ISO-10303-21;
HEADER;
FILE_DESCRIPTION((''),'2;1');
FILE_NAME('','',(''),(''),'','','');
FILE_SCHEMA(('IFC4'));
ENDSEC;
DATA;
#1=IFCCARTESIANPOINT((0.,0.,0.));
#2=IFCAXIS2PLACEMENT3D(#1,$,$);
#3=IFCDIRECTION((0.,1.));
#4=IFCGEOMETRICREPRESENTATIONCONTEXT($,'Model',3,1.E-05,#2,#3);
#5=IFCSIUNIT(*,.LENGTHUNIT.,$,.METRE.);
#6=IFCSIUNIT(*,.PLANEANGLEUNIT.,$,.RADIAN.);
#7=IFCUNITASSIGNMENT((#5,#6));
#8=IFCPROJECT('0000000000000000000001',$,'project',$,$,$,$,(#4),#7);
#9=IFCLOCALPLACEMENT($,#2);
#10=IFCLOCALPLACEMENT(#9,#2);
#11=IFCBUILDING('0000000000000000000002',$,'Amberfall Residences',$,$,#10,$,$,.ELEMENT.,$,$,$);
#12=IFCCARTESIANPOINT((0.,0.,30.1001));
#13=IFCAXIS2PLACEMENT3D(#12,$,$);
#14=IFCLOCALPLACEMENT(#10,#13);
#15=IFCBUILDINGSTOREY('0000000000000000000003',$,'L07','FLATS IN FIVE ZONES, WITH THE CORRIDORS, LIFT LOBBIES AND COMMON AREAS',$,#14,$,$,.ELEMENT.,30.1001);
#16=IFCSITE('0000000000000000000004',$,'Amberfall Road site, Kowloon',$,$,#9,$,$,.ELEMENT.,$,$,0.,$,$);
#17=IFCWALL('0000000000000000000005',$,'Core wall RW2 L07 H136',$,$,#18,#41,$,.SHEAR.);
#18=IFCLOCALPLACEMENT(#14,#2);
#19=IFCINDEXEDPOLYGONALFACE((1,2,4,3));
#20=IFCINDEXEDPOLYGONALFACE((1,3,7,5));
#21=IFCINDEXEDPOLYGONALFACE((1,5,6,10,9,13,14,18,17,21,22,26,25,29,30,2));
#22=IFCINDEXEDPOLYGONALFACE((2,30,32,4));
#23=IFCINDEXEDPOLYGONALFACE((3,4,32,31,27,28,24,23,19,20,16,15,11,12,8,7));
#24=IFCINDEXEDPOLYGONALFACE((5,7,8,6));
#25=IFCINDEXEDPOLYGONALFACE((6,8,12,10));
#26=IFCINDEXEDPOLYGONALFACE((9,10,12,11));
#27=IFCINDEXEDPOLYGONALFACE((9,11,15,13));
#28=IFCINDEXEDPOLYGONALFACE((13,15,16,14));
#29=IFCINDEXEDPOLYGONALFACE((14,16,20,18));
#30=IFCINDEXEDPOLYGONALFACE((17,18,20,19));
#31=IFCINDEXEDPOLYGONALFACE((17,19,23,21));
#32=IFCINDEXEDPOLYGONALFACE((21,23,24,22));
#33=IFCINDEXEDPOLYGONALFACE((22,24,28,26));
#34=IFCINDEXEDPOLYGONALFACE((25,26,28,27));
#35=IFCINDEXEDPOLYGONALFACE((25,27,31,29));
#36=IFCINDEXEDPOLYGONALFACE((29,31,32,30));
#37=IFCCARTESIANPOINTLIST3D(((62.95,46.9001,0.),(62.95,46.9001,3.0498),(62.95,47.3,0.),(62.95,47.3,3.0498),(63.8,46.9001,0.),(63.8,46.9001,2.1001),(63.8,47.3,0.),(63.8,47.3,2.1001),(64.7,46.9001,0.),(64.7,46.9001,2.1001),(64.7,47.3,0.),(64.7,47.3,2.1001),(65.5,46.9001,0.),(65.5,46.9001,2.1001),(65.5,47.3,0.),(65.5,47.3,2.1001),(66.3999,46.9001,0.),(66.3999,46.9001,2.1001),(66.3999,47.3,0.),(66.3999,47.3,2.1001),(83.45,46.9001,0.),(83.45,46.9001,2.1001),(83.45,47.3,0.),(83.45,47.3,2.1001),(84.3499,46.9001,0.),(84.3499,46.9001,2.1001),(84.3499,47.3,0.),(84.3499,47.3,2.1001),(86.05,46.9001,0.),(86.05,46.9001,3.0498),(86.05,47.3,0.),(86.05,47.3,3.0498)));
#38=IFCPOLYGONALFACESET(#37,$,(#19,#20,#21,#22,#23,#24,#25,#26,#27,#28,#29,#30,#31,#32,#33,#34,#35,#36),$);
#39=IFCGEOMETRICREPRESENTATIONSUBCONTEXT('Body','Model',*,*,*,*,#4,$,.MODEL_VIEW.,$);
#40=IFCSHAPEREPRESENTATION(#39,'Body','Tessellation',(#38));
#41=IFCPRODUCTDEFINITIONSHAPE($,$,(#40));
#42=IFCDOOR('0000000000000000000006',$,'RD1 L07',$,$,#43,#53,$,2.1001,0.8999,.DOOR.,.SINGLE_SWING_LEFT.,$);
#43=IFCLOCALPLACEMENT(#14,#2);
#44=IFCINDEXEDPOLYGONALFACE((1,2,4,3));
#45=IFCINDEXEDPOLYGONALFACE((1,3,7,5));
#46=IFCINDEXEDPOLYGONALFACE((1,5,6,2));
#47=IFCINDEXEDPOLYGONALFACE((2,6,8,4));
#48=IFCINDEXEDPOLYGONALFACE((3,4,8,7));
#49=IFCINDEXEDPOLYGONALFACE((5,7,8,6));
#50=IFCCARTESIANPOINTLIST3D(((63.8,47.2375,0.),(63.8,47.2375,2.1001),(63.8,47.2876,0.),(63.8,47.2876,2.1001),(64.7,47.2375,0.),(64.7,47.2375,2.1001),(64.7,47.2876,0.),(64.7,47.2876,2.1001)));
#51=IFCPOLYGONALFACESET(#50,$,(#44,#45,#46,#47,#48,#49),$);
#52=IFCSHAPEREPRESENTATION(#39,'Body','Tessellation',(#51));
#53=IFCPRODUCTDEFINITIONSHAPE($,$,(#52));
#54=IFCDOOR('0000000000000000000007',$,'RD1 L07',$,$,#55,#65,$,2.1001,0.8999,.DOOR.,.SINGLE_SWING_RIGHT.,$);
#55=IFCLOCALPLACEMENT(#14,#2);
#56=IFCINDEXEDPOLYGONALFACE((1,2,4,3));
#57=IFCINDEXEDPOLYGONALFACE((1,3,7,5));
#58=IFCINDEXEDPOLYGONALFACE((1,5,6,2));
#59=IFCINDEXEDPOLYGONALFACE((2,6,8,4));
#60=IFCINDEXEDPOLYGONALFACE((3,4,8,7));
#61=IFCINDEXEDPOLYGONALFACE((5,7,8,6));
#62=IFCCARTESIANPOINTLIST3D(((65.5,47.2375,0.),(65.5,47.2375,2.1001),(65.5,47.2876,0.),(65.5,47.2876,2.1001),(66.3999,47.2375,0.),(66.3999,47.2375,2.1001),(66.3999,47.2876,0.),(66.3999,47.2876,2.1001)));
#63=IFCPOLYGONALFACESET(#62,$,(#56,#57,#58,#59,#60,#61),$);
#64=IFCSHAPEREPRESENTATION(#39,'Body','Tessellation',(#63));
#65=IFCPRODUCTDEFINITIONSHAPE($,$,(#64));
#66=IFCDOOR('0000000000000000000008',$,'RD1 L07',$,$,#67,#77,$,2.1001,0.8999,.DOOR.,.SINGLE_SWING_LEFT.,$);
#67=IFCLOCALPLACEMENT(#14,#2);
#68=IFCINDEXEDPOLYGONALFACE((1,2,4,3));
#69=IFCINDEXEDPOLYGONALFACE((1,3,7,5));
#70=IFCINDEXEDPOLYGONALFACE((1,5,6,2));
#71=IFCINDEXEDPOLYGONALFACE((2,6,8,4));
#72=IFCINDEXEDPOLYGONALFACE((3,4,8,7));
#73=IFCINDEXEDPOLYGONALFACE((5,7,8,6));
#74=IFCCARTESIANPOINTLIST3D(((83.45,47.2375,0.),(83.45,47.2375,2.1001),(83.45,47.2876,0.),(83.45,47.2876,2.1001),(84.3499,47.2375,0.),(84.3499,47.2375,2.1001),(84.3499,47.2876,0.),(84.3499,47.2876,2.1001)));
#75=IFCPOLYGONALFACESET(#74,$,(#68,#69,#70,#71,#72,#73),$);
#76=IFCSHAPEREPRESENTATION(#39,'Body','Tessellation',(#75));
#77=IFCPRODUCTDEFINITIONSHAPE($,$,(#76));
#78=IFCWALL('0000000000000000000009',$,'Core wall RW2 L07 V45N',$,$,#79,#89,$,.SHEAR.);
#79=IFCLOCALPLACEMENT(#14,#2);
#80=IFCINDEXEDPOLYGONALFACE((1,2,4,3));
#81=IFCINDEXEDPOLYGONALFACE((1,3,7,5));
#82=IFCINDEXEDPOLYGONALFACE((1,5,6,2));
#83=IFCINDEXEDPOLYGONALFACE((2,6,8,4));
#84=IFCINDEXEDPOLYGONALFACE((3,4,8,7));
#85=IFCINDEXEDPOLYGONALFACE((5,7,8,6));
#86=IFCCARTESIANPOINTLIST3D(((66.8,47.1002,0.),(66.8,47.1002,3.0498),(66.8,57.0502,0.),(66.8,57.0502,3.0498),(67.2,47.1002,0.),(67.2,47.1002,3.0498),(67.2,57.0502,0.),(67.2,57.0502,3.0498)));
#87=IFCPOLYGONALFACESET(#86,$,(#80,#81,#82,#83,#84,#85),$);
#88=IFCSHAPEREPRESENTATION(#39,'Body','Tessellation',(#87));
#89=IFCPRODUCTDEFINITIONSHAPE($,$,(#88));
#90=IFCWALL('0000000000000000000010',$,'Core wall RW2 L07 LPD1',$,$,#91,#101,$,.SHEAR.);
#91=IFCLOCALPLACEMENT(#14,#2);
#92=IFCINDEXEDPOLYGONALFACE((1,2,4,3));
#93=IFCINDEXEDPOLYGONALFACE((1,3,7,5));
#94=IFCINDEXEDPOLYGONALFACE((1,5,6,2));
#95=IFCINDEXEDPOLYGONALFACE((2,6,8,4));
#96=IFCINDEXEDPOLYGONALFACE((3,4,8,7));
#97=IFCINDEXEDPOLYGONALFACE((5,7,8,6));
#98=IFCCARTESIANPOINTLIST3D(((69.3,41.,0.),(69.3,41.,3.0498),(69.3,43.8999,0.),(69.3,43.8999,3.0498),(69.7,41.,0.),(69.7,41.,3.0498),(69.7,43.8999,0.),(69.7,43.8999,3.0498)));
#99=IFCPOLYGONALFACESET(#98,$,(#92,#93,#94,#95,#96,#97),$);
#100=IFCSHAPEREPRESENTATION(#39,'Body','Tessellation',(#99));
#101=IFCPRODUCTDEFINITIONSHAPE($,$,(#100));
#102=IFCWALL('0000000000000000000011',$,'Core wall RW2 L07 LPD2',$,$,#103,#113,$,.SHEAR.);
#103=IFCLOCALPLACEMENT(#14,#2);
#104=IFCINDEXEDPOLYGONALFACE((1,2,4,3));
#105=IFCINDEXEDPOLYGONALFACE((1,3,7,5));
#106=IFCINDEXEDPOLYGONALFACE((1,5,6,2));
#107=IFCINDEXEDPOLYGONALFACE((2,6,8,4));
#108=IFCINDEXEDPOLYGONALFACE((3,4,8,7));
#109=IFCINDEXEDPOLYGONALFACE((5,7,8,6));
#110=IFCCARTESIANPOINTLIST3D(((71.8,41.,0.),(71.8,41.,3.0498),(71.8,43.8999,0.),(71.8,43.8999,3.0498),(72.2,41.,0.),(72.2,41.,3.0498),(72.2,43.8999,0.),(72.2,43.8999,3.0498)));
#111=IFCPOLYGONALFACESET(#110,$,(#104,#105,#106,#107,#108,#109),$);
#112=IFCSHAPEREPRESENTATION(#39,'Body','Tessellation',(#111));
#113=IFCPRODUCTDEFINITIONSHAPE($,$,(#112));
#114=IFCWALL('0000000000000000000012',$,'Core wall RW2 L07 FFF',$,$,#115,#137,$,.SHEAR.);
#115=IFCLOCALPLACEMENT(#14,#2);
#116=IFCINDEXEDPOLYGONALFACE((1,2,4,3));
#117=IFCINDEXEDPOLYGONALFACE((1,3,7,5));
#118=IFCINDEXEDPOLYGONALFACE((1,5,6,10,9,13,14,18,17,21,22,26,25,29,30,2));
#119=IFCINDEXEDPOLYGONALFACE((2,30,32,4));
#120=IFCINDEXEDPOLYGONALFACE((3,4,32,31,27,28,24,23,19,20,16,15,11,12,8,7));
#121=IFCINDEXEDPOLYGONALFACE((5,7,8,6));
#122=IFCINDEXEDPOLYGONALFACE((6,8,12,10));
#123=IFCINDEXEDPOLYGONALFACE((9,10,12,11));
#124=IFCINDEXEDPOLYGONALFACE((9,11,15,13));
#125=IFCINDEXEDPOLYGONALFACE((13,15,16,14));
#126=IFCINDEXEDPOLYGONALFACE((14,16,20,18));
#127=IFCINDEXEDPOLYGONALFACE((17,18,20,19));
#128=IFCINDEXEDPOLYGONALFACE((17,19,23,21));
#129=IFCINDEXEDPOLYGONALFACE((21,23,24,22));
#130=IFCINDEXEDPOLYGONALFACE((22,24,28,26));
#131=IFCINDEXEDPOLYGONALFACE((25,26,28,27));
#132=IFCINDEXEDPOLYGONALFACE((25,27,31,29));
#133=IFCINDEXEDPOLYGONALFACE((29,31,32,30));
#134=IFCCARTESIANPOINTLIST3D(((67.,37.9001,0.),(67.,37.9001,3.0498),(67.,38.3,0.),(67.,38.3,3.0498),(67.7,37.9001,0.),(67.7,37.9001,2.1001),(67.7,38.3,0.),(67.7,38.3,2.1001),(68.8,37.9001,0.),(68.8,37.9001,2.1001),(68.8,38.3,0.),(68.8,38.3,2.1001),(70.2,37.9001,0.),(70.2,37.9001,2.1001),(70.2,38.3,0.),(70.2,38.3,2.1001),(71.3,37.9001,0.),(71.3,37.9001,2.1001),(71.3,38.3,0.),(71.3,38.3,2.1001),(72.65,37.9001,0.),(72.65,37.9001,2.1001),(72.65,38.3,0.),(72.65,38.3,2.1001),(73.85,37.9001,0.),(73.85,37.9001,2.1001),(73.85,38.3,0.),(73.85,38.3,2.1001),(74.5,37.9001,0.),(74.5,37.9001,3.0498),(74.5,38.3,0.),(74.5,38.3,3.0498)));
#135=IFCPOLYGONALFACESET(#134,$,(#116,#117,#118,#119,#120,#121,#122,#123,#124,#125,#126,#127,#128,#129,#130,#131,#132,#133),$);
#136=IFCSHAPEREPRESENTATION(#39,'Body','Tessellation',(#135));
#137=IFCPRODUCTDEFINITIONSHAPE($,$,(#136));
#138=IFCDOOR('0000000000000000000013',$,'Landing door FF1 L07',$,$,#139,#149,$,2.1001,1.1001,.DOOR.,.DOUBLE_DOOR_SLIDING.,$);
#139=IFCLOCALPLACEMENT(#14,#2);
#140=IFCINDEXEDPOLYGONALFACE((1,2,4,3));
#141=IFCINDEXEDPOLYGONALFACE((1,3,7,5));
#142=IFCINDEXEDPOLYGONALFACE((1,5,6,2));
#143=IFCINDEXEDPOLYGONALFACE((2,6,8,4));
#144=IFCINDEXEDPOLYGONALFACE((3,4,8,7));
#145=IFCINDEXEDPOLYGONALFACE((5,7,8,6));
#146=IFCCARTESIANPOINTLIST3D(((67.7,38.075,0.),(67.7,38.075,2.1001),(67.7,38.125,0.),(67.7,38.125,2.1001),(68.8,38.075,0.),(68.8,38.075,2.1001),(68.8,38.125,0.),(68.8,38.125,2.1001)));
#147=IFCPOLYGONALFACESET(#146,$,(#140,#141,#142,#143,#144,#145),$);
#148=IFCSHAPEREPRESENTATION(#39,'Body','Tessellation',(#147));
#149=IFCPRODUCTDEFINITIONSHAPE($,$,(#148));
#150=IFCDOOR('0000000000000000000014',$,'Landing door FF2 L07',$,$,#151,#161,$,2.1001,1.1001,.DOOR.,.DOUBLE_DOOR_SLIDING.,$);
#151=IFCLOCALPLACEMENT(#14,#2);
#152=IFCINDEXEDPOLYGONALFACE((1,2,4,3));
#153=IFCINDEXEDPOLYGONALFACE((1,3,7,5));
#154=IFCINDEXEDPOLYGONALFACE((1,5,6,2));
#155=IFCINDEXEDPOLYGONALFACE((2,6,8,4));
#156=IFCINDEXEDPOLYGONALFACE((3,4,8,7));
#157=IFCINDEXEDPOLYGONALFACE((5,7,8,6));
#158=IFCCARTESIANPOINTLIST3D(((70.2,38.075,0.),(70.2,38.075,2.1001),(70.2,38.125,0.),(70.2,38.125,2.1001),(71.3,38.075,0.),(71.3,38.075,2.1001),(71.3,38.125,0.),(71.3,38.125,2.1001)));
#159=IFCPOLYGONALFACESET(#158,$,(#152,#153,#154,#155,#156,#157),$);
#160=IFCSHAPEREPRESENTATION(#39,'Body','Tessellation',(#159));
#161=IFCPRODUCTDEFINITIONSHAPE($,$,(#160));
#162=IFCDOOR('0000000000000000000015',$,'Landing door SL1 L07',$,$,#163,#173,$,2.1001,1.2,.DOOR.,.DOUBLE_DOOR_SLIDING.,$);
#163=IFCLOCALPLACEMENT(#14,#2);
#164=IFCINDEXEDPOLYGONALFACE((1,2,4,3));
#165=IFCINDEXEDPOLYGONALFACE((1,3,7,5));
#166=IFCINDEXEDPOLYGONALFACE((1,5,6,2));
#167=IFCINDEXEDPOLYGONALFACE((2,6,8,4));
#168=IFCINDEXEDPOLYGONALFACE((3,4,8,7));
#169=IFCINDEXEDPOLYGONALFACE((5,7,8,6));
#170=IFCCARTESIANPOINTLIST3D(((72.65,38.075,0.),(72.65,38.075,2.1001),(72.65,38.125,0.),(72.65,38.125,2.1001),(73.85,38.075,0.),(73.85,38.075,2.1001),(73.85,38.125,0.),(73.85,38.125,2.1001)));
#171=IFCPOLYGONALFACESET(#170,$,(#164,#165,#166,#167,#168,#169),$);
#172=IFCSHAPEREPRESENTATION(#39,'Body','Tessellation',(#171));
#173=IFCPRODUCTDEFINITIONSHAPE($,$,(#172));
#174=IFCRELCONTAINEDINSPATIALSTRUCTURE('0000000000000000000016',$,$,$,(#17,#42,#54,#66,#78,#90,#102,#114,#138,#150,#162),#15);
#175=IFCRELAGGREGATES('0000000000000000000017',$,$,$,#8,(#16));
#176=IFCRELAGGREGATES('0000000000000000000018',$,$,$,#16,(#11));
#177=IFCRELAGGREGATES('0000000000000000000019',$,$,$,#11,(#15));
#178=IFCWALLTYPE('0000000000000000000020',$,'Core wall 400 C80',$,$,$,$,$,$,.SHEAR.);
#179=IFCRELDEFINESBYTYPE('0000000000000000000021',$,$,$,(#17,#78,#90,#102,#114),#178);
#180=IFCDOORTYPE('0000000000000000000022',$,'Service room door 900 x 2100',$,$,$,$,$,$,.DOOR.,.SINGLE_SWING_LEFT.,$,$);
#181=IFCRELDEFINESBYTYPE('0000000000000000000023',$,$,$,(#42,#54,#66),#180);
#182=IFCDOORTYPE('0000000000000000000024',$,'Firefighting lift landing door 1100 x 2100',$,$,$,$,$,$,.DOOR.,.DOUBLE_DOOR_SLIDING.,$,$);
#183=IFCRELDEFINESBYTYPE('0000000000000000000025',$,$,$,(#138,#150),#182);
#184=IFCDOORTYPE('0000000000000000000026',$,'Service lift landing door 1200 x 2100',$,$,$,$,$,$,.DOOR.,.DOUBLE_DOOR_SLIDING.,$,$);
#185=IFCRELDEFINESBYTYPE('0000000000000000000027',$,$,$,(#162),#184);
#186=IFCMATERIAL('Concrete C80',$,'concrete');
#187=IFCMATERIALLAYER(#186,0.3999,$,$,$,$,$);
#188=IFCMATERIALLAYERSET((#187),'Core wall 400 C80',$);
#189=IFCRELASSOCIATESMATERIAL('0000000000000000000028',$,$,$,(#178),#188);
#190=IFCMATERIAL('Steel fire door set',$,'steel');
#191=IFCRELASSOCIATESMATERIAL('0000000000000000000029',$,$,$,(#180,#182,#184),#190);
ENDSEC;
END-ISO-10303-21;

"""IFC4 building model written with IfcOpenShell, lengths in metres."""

from ifc_helpers import new_model, si_unit, direction, frame, frame_2d, origin, place, context, subcontext, project, spatial, rectangle, extrude, material, layer, layer_set, type_object, element, fill, save


model = new_model("IFC4")

# Units and contexts
model_context = context("Model", 3, precision=1e-05, world=origin(), true_north=direction((0.0, 1.0)))
body_context = subcontext(model_context, "Body", "Model", "MODEL_VIEW")
ifc_project = project(units=[si_unit("LENGTHUNIT", "METRE"), si_unit("PLANEANGLEUNIT", "RADIAN")], contexts=[model_context])

# Site, building, storey
site_placement = place(None, origin())
site = spatial("IfcSite", under=ifc_project, at=site_placement, Name="Amberfall Road site, Kowloon", CompositionType="ELEMENT", RefElevation=0.0)
building_placement = place(site_placement, origin())
building = spatial("IfcBuilding", under=site, at=building_placement, Name="Amberfall Residences", CompositionType="ELEMENT")
storey_placement = place(building_placement, frame((0.0, 0.0, 30.1001)))
storey = spatial("IfcBuildingStorey", under=building, at=storey_placement, Name="L07", Description="FLATS IN FIVE ZONES, WITH THE CORRIDORS, LIFT LOBBIES AND COMMON AREAS", CompositionType="ELEMENT", Elevation=30.1001)

# Shared definitions
ifc_material_1 = material(Name="Concrete C80", Category="concrete")
ifc_layer = layer(ifc_material_1, 0.3999)
ifc_layer_set = layer_set([ifc_layer], Name="Core wall 400 C80")
wall_type = type_object("IfcWallType", Name="Core wall 400 C80", PredefinedType="SHEAR", material=ifc_layer_set)

# Wall, openings, doors
ifc_material_2 = material(Name="Steel fire door set", Category="steel")
door_type_1 = type_object("IfcDoorType", Name="Service room door 900 x 2100", OperationType="SINGLE_SWING_LEFT", PredefinedType="DOOR", material=ifc_material_2)
wall_1_placement = place(storey_placement, frame((62.95, 47.1001, 0.0), z_axis=(0.0, 0.0, 1.0), x_axis=(1.0, 0.0, 0.0)))
wall_1 = element("IfcWall", 1, at=wall_1_placement, inside=storey, type_object=wall_type, Name="Core wall RW2 L07 H136", PredefinedType="SHEAR", context=body_context, shape_type="SweptSolid", body=[
    extrude(rectangle(XDim=23.1001, YDim=0.3999, at=frame_2d((11.55, 0.0))), origin(), (0.0, 0.0, 1.0), 3.0498),
])
opening_1_placement = place(wall_1_placement, frame((0.8501, 0.0, 0.0)))
opening_1 = element("IfcOpeningElement", 2, at=opening_1_placement, cuts=wall_1, PredefinedType="OPENING", context=body_context, shape_type="SweptSolid", body=[
    extrude(rectangle(XDim=0.8999, YDim=2.1001, at=frame_2d((0.45, 1.05))), frame((0.0, 0.21, 0.0), z_axis=(0.0, -1.0, 0.0), x_axis=(1.0, 0.0, 0.0)), (0.0, 0.0, 1.0), 0.4199),
])
opening_2_placement = place(wall_1_placement, frame((2.55, 0.0, 0.0)))
opening_2 = element("IfcOpeningElement", 3, at=opening_2_placement, cuts=wall_1, PredefinedType="OPENING", context=body_context, shape_type="SweptSolid", body=[
    extrude(rectangle(XDim=0.8999, YDim=2.1001, at=frame_2d((0.45, 1.05))), frame((0.0, 0.21, 0.0), z_axis=(0.0, -1.0, 0.0), x_axis=(1.0, 0.0, 0.0)), (0.0, 0.0, 1.0), 0.4199),
])
opening_3_placement = place(wall_1_placement, frame((20.5, 0.0, 0.0)))
opening_3 = element("IfcOpeningElement", 4, at=opening_3_placement, cuts=wall_1, PredefinedType="OPENING", context=body_context, shape_type="SweptSolid", body=[
    extrude(rectangle(XDim=0.8999, YDim=2.1001, at=frame_2d((0.45, 1.05))), frame((0.0, 0.21, 0.0), z_axis=(0.0, -1.0, 0.0), x_axis=(1.0, 0.0, 0.0)), (0.0, 0.0, 1.0), 0.4199),
])
door_1_placement = place(opening_1_placement, origin())
door_1 = element("IfcDoor", 5, at=door_1_placement, inside=storey, type_object=door_type_1, Name="RD1 L07", OperationType="SINGLE_SWING_LEFT", OverallHeight=2.1001, OverallWidth=0.8999, PredefinedType="DOOR", context=body_context, shape_type="SweptSolid", body=[
    extrude(rectangle(XDim=0.8999, YDim=2.1001, at=frame_2d((0.45, 1.05))), frame((0.0, 0.1875, 0.0), z_axis=(0.0, -1.0, 0.0), x_axis=(1.0, 0.0, 0.0)), (0.0, 0.0, 1.0), 0.05),
])
fill(opening_1, door_1)
door_2_placement = place(opening_2_placement, origin())
door_2 = element("IfcDoor", 6, at=door_2_placement, inside=storey, type_object=door_type_1, Name="RD1 L07", OperationType="SINGLE_SWING_RIGHT", OverallHeight=2.1001, OverallWidth=0.8999, PredefinedType="DOOR", context=body_context, shape_type="SweptSolid", body=[
    extrude(rectangle(XDim=0.8999, YDim=2.1001, at=frame_2d((0.45, 1.05))), frame((0.0, 0.1875, 0.0), z_axis=(0.0, -1.0, 0.0), x_axis=(1.0, 0.0, 0.0)), (0.0, 0.0, 1.0), 0.05),
])
fill(opening_2, door_2)
door_3_placement = place(opening_3_placement, origin())
door_3 = element("IfcDoor", 7, at=door_3_placement, inside=storey, type_object=door_type_1, Name="RD1 L07", OperationType="SINGLE_SWING_LEFT", OverallHeight=2.1001, OverallWidth=0.8999, PredefinedType="DOOR", context=body_context, shape_type="SweptSolid", body=[
    extrude(rectangle(XDim=0.8999, YDim=2.1001, at=frame_2d((0.45, 1.05))), frame((0.0, 0.1875, 0.0), z_axis=(0.0, -1.0, 0.0), x_axis=(1.0, 0.0, 0.0)), (0.0, 0.0, 1.0), 0.05),
])
fill(opening_3, door_3)

# Walls
wall_2_placement = place(storey_placement, frame((67.0, 47.1001, 0.0), z_axis=(0.0, 0.0, 1.0), x_axis=(0.0, 1.0, 0.0)))
element("IfcWall", 8, at=wall_2_placement, inside=storey, type_object=wall_type, Name="Core wall RW2 L07 V45N", PredefinedType="SHEAR", context=body_context, shape_type="SweptSolid", body=[
    extrude(rectangle(XDim=9.95, YDim=0.3999, at=frame_2d((4.9751, 0.0))), origin(), (0.0, 0.0, 1.0), 3.0498),
])
for number, where, z_axis, x_axis, name in (
    (9, (69.5, 41.0, 0.0), (0.0, 0.0, 1.0), (0.0, 1.0, 0.0), "Core wall RW2 L07 LPD1"),
    (10, (72.0, 41.0, 0.0), (0.0, 0.0, 1.0), (0.0, 1.0, 0.0), "Core wall RW2 L07 LPD2"),
):
    element("IfcWall", number, at=place(storey_placement, frame(where, z_axis=z_axis, x_axis=x_axis)), inside=storey, type_object=wall_type, Name=name, PredefinedType="SHEAR", context=body_context, shape_type="SweptSolid", body=[
        extrude(rectangle(XDim=2.8999, YDim=0.3999, at=frame_2d((1.45, 0.0))), origin(), (0.0, 0.0, 1.0), 3.0498),
    ])

# Wall, openings, doors
wall_3_placement = place(storey_placement, frame((67.0, 38.1001, 0.0), z_axis=(0.0, 0.0, 1.0), x_axis=(1.0, 0.0, 0.0)))
wall_3 = element("IfcWall", 11, at=wall_3_placement, inside=storey, type_object=wall_type, Name="Core wall RW2 L07 FFF", PredefinedType="SHEAR", context=body_context, shape_type="SweptSolid", body=[
    extrude(rectangle(XDim=7.5, YDim=0.3999, at=frame_2d((3.75, 0.0))), origin(), (0.0, 0.0, 1.0), 3.0498),
])
opening_4_placement = place(wall_3_placement, frame((0.7, 0.0, 0.0)))
opening_4 = element("IfcOpeningElement", 12, at=opening_4_placement, cuts=wall_3, PredefinedType="OPENING", context=body_context, shape_type="SweptSolid", body=[
    extrude(rectangle(XDim=1.1001, YDim=2.1001, at=frame_2d((0.55, 1.05))), frame((0.0, 0.21, 0.0), z_axis=(0.0, -1.0, 0.0), x_axis=(1.0, 0.0, 0.0)), (0.0, 0.0, 1.0), 0.4199),
])
opening_5_placement = place(wall_3_placement, frame((3.2, 0.0, 0.0)))
opening_5 = element("IfcOpeningElement", 13, at=opening_5_placement, cuts=wall_3, PredefinedType="OPENING", context=body_context, shape_type="SweptSolid", body=[
    extrude(rectangle(XDim=1.1001, YDim=2.1001, at=frame_2d((0.55, 1.05))), frame((0.0, 0.21, 0.0), z_axis=(0.0, -1.0, 0.0), x_axis=(1.0, 0.0, 0.0)), (0.0, 0.0, 1.0), 0.4199),
])
opening_6_placement = place(wall_3_placement, frame((5.6499, 0.0, 0.0)))
opening_6 = element("IfcOpeningElement", 14, at=opening_6_placement, cuts=wall_3, PredefinedType="OPENING", context=body_context, shape_type="SweptSolid", body=[
    extrude(rectangle(XDim=1.2, YDim=2.1001, at=frame_2d((0.6001, 1.05))), frame((0.0, 0.21, 0.0), z_axis=(0.0, -1.0, 0.0), x_axis=(1.0, 0.0, 0.0)), (0.0, 0.0, 1.0), 0.4199),
])
door_type_2 = type_object("IfcDoorType", Name="Firefighting lift landing door 1100 x 2100", OperationType="DOUBLE_DOOR_SLIDING", PredefinedType="DOOR", material=ifc_material_2)
door_4_placement = place(opening_4_placement, origin())
door_4 = element("IfcDoor", 15, at=door_4_placement, inside=storey, type_object=door_type_2, Name="Landing door FF1 L07", OperationType="DOUBLE_DOOR_SLIDING", OverallHeight=2.1001, OverallWidth=1.1001, PredefinedType="DOOR", context=body_context, shape_type="SweptSolid", body=[
    extrude(rectangle(XDim=1.1001, YDim=2.1001, at=frame_2d((0.55, 1.05))), frame((0.0, 0.0249, 0.0), z_axis=(0.0, -1.0, 0.0), x_axis=(1.0, 0.0, 0.0)), (0.0, 0.0, 1.0), 0.05),
])
fill(opening_4, door_4)
door_5_placement = place(opening_5_placement, origin())
door_5 = element("IfcDoor", 16, at=door_5_placement, inside=storey, type_object=door_type_2, Name="Landing door FF2 L07", OperationType="DOUBLE_DOOR_SLIDING", OverallHeight=2.1001, OverallWidth=1.1001, PredefinedType="DOOR", context=body_context, shape_type="SweptSolid", body=[
    extrude(rectangle(XDim=1.1001, YDim=2.1001, at=frame_2d((0.55, 1.05))), frame((0.0, 0.0249, 0.0), z_axis=(0.0, -1.0, 0.0), x_axis=(1.0, 0.0, 0.0)), (0.0, 0.0, 1.0), 0.05),
])
fill(opening_5, door_5)
door_type_3 = type_object("IfcDoorType", Name="Service lift landing door 1200 x 2100", OperationType="DOUBLE_DOOR_SLIDING", PredefinedType="DOOR", material=ifc_material_2)
door_6_placement = place(opening_6_placement, origin())
door_6 = element("IfcDoor", 17, at=door_6_placement, inside=storey, type_object=door_type_3, Name="Landing door SL1 L07", OperationType="DOUBLE_DOOR_SLIDING", OverallHeight=2.1001, OverallWidth=1.2, PredefinedType="DOOR", context=body_context, shape_type="SweptSolid", body=[
    extrude(rectangle(XDim=1.2, YDim=2.1001, at=frame_2d((0.6001, 1.05))), frame((0.0, 0.0249, 0.0), z_axis=(0.0, -1.0, 0.0), x_axis=(1.0, 0.0, 0.0)), (0.0, 0.0, 1.0), 0.05),
])
fill(opening_6, door_6)

save(model, "model.ifc")
